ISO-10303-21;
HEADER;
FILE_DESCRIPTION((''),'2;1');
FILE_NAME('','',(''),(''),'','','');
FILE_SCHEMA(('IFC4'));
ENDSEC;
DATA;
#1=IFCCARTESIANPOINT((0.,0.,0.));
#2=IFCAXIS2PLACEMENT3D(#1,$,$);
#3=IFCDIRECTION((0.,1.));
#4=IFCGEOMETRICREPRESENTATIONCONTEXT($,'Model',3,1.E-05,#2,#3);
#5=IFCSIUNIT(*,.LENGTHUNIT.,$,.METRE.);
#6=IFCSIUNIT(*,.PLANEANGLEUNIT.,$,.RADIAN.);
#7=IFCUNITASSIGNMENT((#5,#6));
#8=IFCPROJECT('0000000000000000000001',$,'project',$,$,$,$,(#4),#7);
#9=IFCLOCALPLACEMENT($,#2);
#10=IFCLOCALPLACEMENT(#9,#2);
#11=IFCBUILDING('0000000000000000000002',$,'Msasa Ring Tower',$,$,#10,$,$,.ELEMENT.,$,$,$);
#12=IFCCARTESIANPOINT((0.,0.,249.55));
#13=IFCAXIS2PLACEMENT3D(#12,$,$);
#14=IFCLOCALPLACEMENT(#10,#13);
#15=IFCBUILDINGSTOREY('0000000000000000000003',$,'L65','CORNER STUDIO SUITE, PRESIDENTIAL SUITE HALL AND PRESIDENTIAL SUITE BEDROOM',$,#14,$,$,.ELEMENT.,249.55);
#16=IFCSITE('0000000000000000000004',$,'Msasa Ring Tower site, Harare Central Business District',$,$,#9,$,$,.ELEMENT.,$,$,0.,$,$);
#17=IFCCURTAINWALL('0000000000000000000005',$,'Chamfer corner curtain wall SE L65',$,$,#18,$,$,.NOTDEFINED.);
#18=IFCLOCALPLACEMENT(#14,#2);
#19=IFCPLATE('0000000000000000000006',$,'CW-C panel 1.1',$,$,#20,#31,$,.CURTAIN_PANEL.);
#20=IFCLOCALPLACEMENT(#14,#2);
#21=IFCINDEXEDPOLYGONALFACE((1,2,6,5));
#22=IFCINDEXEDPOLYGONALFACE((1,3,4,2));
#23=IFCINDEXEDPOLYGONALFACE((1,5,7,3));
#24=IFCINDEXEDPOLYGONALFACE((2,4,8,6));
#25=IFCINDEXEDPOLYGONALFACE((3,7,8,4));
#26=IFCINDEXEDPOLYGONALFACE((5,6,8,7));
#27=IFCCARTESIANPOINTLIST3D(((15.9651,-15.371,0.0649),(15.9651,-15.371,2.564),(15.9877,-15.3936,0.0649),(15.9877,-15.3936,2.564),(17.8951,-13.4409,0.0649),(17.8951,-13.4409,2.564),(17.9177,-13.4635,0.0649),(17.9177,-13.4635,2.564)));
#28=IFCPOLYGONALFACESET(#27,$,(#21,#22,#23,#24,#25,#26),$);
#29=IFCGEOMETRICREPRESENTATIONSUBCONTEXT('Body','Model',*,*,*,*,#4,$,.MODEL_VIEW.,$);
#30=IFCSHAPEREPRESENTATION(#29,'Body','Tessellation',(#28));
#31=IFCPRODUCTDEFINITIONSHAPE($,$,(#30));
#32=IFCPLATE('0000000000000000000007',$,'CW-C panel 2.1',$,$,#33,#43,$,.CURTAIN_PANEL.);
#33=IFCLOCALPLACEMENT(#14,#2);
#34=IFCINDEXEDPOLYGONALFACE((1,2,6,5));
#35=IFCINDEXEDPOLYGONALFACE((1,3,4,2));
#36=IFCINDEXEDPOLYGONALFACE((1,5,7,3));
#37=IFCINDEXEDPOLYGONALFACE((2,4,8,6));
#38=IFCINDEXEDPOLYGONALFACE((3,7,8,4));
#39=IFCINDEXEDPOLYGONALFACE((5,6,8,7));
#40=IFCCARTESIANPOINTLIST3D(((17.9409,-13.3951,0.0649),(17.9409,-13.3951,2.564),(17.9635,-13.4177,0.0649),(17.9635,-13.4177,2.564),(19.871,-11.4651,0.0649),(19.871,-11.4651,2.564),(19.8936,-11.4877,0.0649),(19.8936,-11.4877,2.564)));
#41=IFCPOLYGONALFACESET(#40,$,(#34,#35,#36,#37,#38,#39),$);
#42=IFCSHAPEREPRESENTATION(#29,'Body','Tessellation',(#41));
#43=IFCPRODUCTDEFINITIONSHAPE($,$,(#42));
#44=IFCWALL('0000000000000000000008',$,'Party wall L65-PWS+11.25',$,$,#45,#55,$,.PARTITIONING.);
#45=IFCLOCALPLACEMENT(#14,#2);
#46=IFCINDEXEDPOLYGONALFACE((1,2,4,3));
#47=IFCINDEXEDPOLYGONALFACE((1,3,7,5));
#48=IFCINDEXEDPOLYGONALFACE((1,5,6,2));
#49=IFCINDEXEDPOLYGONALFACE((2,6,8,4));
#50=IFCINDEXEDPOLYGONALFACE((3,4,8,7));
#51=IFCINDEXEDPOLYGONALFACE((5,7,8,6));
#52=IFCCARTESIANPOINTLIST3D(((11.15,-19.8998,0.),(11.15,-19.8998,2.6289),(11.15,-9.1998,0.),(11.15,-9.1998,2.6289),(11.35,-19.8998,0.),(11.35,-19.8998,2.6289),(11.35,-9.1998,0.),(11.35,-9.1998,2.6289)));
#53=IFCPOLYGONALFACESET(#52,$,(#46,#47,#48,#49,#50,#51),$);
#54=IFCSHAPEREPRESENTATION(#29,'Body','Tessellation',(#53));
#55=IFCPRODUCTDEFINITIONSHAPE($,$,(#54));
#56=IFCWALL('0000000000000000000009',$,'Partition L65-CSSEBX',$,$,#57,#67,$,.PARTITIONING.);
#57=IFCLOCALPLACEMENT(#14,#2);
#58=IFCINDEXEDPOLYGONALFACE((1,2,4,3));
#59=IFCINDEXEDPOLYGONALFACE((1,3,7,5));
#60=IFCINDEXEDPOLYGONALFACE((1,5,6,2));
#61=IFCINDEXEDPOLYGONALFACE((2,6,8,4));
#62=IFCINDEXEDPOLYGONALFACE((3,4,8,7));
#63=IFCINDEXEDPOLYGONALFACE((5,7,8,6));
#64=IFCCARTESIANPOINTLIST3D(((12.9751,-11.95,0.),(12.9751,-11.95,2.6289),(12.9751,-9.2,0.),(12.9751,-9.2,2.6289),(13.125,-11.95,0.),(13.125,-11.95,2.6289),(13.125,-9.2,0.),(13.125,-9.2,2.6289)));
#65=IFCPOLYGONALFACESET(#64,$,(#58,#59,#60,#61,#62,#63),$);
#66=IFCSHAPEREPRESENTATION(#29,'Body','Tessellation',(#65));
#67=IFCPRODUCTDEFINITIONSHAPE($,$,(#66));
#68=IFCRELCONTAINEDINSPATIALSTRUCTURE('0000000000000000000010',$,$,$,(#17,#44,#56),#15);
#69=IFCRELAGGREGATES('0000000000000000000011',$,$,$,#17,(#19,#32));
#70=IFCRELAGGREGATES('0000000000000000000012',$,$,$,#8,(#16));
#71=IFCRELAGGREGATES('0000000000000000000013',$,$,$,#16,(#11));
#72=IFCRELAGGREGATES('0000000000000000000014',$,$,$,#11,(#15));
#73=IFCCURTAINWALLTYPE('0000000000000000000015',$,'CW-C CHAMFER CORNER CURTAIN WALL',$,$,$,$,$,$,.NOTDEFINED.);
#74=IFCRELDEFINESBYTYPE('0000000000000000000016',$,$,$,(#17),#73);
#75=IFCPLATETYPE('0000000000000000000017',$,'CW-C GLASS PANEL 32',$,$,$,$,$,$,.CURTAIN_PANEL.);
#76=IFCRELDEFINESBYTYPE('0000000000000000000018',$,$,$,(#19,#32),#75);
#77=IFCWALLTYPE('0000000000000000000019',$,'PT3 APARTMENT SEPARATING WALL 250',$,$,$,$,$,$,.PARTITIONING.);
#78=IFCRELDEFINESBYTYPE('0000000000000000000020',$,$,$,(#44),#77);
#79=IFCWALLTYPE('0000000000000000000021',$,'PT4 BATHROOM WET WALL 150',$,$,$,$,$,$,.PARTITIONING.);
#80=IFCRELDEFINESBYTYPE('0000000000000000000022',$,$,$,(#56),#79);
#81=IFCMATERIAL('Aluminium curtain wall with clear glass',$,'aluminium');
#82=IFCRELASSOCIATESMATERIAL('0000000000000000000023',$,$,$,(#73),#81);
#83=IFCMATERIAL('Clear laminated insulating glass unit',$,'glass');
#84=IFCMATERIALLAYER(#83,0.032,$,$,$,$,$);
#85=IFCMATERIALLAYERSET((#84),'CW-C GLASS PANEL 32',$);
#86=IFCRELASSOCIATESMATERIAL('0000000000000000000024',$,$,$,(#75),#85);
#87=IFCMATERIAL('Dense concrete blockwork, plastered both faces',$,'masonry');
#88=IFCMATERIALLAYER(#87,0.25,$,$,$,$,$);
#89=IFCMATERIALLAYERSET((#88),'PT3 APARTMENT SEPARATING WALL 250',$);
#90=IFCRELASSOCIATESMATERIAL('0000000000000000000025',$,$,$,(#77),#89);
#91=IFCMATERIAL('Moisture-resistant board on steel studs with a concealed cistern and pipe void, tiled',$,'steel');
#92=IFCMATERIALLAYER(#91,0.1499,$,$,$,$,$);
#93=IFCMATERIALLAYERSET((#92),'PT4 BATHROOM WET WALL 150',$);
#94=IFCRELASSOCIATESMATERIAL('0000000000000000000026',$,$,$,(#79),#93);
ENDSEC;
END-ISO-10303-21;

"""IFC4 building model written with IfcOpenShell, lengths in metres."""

from ifc_helpers import new_model, si_unit, direction, frame, frame_2d, origin, origin_2d, place, context, subcontext, project, spatial, rectangle, extrude, material, layer, layer_set, type_object, element, aggregate, save


model = new_model("IFC4")

# Units and contexts
model_context = context("Model", 3, precision=1e-05, world=origin(), true_north=direction((0.0, 1.0)))
body_context = subcontext(model_context, "Body", "Model", "MODEL_VIEW")
ifc_project = project(units=[si_unit("LENGTHUNIT", "METRE"), si_unit("PLANEANGLEUNIT", "RADIAN")], contexts=[model_context])

# Site, building, storey
site_placement = place(None, origin())
site = spatial("IfcSite", under=ifc_project, at=site_placement, Name="Msasa Ring Tower site, Harare Central Business District", CompositionType="ELEMENT", RefElevation=0.0)
building_placement = place(site_placement, origin())
building = spatial("IfcBuilding", under=site, at=building_placement, Name="Msasa Ring Tower", CompositionType="ELEMENT")
storey_placement = place(building_placement, frame((0.0, 0.0, 249.55)))
storey = spatial("IfcBuildingStorey", under=building, at=storey_placement, Name="L65", Description="CORNER STUDIO SUITE, PRESIDENTIAL SUITE HALL AND PRESIDENTIAL SUITE BEDROOM", CompositionType="ELEMENT", Elevation=249.55)

# Curtain wall
ifc_material_1 = material(Name="Aluminium curtain wall with clear glass", Category="aluminium")
curtain_wall_type = type_object("IfcCurtainWallType", Name="CW-C CHAMFER CORNER CURTAIN WALL", PredefinedType="NOTDEFINED", material=ifc_material_1)
curtain_wall_1_placement = place(storey_placement, origin())
curtain_wall_1 = element("IfcCurtainWall", 1, at=curtain_wall_1_placement, inside=storey, type_object=curtain_wall_type, Name="Chamfer corner curtain wall SE L65", PredefinedType="NOTDEFINED")

# Plates
ifc_material_2 = material(Name="Clear laminated insulating glass unit", Category="glass")
ifc_layer_1 = layer(ifc_material_2, 0.032)
ifc_layer_set_1 = layer_set([ifc_layer_1], Name="CW-C GLASS PANEL 32")
plate_type = type_object("IfcPlateType", Name="CW-C GLASS PANEL 32", PredefinedType="CURTAIN_PANEL", material=ifc_layer_set_1)
plate_1_placement = place(storey_placement, frame((16.9414, -14.4172, 0.0649), z_axis=(0.0, 0.0, 1.0), x_axis=(0.707107, 0.707107, 0.0)))
plate_1 = element("IfcPlate", 2, at=plate_1_placement, type_object=plate_type, Name="CW-C panel 1.1", PredefinedType="CURTAIN_PANEL", context=body_context, shape_type="SweptSolid", body=[
    extrude(rectangle(XDim=2.7295, YDim=0.032, at=origin_2d()), origin(), (0.0, 0.0, 1.0), 2.499),
])
plate_2_placement = place(storey_placement, frame((18.9172, -12.4414, 0.0649), z_axis=(0.0, 0.0, 1.0), x_axis=(0.707107, 0.707107, 0.0)))
plate_2 = element("IfcPlate", 3, at=plate_2_placement, type_object=plate_type, Name="CW-C panel 2.1", PredefinedType="CURTAIN_PANEL", context=body_context, shape_type="SweptSolid", body=[
    extrude(rectangle(XDim=2.7295, YDim=0.032, at=origin_2d()), origin(), (0.0, 0.0, 1.0), 2.499),
])
aggregate(curtain_wall_1, [plate_1, plate_2])

# Walls
ifc_material_3 = material(Name="Dense concrete blockwork, plastered both faces", Category="masonry")
ifc_layer_2 = layer(ifc_material_3, 0.25)
ifc_layer_set_2 = layer_set([ifc_layer_2], Name="PT3 APARTMENT SEPARATING WALL 250")
wall_type_1 = type_object("IfcWallType", Name="PT3 APARTMENT SEPARATING WALL 250", PredefinedType="PARTITIONING", material=ifc_layer_set_2)
wall_1_placement = place(storey_placement, frame((11.25, -19.8999, 0.0), z_axis=(0.0, 0.0, 1.0), x_axis=(0.0, 1.0, 0.0)))
element("IfcWall", 4, at=wall_1_placement, inside=storey, type_object=wall_type_1, Name="Party wall L65-PWS+11.25", PredefinedType="PARTITIONING", context=body_context, shape_type="SweptSolid", body=[
    extrude(rectangle(XDim=10.7, YDim=0.2, at=frame_2d((5.3501, 0.0))), origin(), (0.0, 0.0, 1.0), 2.6289),
])
ifc_material_4 = material(Name="Moisture-resistant board on steel studs with a concealed cistern and pipe void, tiled", Category="steel")
ifc_layer_3 = layer(ifc_material_4, 0.1499)
ifc_layer_set_3 = layer_set([ifc_layer_3], Name="PT4 BATHROOM WET WALL 150")
wall_type_2 = type_object("IfcWallType", Name="PT4 BATHROOM WET WALL 150", PredefinedType="PARTITIONING", material=ifc_layer_set_3)
wall_2_placement = place(storey_placement, frame((13.05, -11.95, 0.0), z_axis=(0.0, 0.0, 1.0), x_axis=(0.0, 1.0, 0.0)))
element("IfcWall", 5, at=wall_2_placement, inside=storey, type_object=wall_type_2, Name="Partition L65-CSSEBX", PredefinedType="PARTITIONING", context=body_context, shape_type="SweptSolid", body=[
    extrude(rectangle(XDim=2.75, YDim=0.1499, at=frame_2d((1.375, 0.0))), origin(), (0.0, 0.0, 1.0), 2.6289),
])

save(model, "model.ifc")
